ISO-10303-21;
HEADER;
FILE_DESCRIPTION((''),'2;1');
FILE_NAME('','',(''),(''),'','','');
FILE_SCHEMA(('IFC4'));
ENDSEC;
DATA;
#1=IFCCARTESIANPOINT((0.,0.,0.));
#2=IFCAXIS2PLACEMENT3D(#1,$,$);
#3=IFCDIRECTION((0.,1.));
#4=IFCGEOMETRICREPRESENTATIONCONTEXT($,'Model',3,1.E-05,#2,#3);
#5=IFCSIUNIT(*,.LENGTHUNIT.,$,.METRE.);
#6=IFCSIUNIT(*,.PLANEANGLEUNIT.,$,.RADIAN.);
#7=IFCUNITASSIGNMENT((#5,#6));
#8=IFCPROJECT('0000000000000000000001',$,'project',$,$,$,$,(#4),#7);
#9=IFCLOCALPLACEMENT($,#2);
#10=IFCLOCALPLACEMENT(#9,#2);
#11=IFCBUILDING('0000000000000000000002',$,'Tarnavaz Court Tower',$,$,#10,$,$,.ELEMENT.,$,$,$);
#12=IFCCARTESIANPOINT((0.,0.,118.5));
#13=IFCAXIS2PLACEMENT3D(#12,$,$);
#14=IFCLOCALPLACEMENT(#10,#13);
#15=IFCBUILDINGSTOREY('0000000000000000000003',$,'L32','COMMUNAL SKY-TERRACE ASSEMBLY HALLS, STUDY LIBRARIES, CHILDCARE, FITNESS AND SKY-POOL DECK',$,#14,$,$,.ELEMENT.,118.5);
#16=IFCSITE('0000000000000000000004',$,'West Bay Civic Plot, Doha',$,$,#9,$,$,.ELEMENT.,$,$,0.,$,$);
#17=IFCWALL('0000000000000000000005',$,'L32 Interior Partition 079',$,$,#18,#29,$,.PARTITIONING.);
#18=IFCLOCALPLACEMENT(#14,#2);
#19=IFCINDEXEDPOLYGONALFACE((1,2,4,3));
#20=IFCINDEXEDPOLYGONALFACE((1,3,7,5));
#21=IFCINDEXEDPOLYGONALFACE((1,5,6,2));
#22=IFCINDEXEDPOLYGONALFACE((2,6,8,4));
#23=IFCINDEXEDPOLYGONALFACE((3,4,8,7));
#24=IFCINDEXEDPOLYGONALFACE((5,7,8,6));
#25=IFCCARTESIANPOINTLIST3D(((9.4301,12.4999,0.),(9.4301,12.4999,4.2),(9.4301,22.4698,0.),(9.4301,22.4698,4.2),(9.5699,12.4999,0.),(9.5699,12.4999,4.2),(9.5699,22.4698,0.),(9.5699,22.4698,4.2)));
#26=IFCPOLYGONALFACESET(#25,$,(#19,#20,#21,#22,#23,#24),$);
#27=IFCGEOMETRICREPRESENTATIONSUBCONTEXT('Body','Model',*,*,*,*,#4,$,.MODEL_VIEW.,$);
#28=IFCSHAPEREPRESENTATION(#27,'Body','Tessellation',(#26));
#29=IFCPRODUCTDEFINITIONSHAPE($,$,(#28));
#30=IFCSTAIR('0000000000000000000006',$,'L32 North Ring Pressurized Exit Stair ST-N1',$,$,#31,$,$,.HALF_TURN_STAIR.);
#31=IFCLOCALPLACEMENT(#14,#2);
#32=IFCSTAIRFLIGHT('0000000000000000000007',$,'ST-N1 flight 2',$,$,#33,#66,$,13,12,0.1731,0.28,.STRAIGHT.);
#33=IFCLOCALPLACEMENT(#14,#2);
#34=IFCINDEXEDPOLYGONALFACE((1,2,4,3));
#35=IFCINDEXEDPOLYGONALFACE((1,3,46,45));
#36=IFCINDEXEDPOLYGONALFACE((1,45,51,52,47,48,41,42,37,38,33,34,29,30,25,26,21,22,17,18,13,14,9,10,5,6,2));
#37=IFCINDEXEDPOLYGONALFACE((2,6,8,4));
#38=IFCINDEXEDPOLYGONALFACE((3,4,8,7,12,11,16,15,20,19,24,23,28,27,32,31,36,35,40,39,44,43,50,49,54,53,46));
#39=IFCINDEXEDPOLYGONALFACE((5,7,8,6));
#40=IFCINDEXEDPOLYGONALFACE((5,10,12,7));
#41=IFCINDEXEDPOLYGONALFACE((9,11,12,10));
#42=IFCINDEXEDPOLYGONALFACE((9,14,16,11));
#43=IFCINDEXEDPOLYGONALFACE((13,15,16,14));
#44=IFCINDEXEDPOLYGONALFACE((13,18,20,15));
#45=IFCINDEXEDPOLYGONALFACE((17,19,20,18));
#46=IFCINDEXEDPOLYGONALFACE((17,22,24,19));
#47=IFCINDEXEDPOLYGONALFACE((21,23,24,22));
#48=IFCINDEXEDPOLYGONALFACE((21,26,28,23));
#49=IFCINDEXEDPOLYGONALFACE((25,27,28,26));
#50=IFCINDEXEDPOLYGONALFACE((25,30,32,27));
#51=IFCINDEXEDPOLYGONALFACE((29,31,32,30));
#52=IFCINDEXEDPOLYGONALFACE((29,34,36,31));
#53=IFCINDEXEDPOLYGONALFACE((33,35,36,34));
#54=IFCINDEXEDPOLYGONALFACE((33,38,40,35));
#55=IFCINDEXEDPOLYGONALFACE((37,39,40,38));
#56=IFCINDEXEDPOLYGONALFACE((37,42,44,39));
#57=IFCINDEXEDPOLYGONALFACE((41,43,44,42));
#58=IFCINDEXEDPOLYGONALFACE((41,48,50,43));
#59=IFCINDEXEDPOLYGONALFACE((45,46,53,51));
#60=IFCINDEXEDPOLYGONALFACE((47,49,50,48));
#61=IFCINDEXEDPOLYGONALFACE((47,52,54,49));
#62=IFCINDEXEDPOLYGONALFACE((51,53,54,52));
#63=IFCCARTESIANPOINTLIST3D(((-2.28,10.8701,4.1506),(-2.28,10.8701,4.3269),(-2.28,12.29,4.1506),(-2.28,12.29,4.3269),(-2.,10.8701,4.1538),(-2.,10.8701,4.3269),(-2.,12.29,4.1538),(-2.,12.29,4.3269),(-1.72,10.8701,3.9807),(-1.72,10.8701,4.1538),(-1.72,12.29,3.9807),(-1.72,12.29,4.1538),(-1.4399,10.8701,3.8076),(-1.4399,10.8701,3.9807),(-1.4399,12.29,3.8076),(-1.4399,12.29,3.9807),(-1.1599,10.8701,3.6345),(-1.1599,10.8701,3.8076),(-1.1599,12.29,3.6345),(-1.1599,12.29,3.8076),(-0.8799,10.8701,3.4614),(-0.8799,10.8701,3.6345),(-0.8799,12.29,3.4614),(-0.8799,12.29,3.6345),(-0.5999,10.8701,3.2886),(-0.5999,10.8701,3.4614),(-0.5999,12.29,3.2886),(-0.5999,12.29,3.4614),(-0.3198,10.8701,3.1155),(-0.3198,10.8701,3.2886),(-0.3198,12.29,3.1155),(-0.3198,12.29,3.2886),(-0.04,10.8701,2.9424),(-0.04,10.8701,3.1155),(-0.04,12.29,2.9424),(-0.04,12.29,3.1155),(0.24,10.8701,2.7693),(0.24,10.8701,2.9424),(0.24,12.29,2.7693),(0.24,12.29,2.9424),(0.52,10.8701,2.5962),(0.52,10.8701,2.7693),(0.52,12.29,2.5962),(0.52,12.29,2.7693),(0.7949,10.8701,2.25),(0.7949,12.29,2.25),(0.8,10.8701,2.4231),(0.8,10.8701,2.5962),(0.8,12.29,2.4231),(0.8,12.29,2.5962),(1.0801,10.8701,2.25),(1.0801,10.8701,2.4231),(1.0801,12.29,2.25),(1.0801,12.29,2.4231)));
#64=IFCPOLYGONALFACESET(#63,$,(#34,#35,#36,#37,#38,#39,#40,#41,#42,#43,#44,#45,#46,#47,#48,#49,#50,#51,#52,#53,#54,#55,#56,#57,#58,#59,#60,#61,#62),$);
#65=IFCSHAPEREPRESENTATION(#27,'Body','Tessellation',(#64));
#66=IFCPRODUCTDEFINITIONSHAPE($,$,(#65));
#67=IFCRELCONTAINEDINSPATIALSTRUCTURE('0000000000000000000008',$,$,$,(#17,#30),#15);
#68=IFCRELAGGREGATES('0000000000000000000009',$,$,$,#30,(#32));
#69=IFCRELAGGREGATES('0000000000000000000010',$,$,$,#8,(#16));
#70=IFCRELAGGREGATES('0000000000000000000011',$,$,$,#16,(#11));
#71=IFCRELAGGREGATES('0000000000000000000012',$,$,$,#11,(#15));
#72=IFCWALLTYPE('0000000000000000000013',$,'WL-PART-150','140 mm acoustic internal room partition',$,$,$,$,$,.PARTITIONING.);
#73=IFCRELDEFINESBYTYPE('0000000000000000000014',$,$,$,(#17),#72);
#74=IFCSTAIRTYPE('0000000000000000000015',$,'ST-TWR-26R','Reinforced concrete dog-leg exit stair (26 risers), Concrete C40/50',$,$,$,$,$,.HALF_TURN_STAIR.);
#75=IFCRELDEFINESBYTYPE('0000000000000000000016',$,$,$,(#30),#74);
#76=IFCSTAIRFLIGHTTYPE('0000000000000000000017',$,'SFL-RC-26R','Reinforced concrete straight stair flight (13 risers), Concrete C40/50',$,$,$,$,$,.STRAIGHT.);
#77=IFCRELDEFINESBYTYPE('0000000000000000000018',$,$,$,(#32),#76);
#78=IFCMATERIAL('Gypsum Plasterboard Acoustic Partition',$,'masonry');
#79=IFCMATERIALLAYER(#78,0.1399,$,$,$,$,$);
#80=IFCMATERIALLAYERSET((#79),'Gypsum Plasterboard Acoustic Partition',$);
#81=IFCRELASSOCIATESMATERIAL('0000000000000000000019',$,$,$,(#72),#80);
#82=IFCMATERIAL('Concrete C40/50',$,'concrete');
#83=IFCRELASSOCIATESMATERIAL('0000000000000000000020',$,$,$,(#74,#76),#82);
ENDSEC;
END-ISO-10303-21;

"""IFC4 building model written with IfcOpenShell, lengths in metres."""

from ifc_helpers import new_model, si_unit, direction, frame, frame_2d, origin, place, context, subcontext, project, spatial, polyline, rectangle, outline, extrude, material, layer, layer_set, type_object, element, aggregate, save


model = new_model("IFC4")

# Units and contexts
model_context = context("Model", 3, precision=1e-05, world=origin(), true_north=direction((0.0, 1.0)))
body_context = subcontext(model_context, "Body", "Model", "MODEL_VIEW")
ifc_project = project(units=[si_unit("LENGTHUNIT", "METRE"), si_unit("PLANEANGLEUNIT", "RADIAN")], contexts=[model_context])

# Site, building, storey
site_placement = place(None, origin())
site = spatial("IfcSite", under=ifc_project, at=site_placement, Name="West Bay Civic Plot, Doha", CompositionType="ELEMENT", RefElevation=0.0)
building_placement = place(site_placement, origin())
building = spatial("IfcBuilding", under=site, at=building_placement, Name="Tarnavaz Court Tower", CompositionType="ELEMENT")
storey_placement = place(building_placement, frame((0.0, 0.0, 118.5)))
storey = spatial("IfcBuildingStorey", under=building, at=storey_placement, Name="L32", Description="COMMUNAL SKY-TERRACE ASSEMBLY HALLS, STUDY LIBRARIES, CHILDCARE, FITNESS AND SKY-POOL DECK", CompositionType="ELEMENT", Elevation=118.5)

# Wall
ifc_material_1 = material(Name="Gypsum Plasterboard Acoustic Partition", Category="masonry")
ifc_layer_1 = layer(ifc_material_1, 0.1399)
ifc_layer_set_1 = layer_set([ifc_layer_1], Name="Gypsum Plasterboard Acoustic Partition")
wall_type_1 = type_object("IfcWallType", Name="WL-PART-150", Description="140 mm acoustic internal room partition", PredefinedType="PARTITIONING", material=ifc_layer_set_1)
wall_1_placement = place(storey_placement, frame((9.5, 12.5, 0.0), z_axis=(0.0, 0.0, 1.0), x_axis=(0.0, 1.0, 0.0)))
element("IfcWall", 1, at=wall_1_placement, inside=storey, type_object=wall_type_1, Name="L32 Interior Partition 079", PredefinedType="PARTITIONING", context=body_context, shape_type="SweptSolid", body=[
    extrude(rectangle(XDim=9.97, YDim=0.1399, at=frame_2d((4.9849, 0.0))), origin(), (0.0, 0.0, 1.0), 4.2),
])

# Stair, stair flight
ifc_material_2 = material(Name="Concrete C40/50", Category="concrete")
stair_type = type_object("IfcStairType", Name="ST-TWR-26R", Description="Reinforced concrete dog-leg exit stair (26 risers), Concrete C40/50", PredefinedType="HALF_TURN_STAIR", material=ifc_material_2)
stair_placement = place(storey_placement, origin())
stair = element("IfcStair", 2, at=stair_placement, inside=storey, type_object=stair_type, Name="L32 North Ring Pressurized Exit Stair ST-N1", PredefinedType="HALF_TURN_STAIR")
stair_flight_type = type_object("IfcStairFlightType", Name="SFL-RC-26R", Description="Reinforced concrete straight stair flight (13 risers), Concrete C40/50", PredefinedType="STRAIGHT", material=ifc_material_2)
stair_flight_placement = place(storey_placement, frame((1.0801, 11.5801, 2.25), z_axis=(0.0, 0.0, 1.0), x_axis=(-1.0, 0.0, 0.0)))
stair_flight = element("IfcStairFlight", 3, at=stair_flight_placement, type_object=stair_flight_type, Name="ST-N1 flight 2", NumberOfRisers=13, NumberOfTreads=12, PredefinedType="STRAIGHT", RiserHeight=0.1731, TreadLength=0.28, context=body_context, shape_type="SweptSolid", body=[
    extrude(outline(polyline([(0.0, 0.0), (0.0, 0.1731), (0.28, 0.1731), (0.28, 0.3462), (0.5601, 0.3462), (0.5601, 0.5193), (0.8401, 0.5193), (0.8401, 0.6924), (1.1201, 0.6924), (1.1201, 0.8655), (1.3999, 0.8655), (1.3999, 1.0386), (1.6799, 1.0386), (1.6799, 1.2114), (1.96, 1.2114), (1.96, 1.3845), (2.24, 1.3845), (2.24, 1.5576), (2.52, 1.5576), (2.52, 1.7307), (2.8, 1.7307), (2.8, 1.9038), (3.0801, 1.9038), (3.0801, 2.0769), (3.3601, 2.0769), (3.3601, 2.25), (3.3601, 1.9006), (0.2852, 0.0), (0.0, 0.0)])), frame((0.0, 0.71, 0.0), z_axis=(0.0, -1.0, 0.0), x_axis=(1.0, 0.0, 0.0)), (0.0, 0.0, 1.0), 1.4199),
])
aggregate(stair, [stair_flight])

save(model, "model.ifc")
